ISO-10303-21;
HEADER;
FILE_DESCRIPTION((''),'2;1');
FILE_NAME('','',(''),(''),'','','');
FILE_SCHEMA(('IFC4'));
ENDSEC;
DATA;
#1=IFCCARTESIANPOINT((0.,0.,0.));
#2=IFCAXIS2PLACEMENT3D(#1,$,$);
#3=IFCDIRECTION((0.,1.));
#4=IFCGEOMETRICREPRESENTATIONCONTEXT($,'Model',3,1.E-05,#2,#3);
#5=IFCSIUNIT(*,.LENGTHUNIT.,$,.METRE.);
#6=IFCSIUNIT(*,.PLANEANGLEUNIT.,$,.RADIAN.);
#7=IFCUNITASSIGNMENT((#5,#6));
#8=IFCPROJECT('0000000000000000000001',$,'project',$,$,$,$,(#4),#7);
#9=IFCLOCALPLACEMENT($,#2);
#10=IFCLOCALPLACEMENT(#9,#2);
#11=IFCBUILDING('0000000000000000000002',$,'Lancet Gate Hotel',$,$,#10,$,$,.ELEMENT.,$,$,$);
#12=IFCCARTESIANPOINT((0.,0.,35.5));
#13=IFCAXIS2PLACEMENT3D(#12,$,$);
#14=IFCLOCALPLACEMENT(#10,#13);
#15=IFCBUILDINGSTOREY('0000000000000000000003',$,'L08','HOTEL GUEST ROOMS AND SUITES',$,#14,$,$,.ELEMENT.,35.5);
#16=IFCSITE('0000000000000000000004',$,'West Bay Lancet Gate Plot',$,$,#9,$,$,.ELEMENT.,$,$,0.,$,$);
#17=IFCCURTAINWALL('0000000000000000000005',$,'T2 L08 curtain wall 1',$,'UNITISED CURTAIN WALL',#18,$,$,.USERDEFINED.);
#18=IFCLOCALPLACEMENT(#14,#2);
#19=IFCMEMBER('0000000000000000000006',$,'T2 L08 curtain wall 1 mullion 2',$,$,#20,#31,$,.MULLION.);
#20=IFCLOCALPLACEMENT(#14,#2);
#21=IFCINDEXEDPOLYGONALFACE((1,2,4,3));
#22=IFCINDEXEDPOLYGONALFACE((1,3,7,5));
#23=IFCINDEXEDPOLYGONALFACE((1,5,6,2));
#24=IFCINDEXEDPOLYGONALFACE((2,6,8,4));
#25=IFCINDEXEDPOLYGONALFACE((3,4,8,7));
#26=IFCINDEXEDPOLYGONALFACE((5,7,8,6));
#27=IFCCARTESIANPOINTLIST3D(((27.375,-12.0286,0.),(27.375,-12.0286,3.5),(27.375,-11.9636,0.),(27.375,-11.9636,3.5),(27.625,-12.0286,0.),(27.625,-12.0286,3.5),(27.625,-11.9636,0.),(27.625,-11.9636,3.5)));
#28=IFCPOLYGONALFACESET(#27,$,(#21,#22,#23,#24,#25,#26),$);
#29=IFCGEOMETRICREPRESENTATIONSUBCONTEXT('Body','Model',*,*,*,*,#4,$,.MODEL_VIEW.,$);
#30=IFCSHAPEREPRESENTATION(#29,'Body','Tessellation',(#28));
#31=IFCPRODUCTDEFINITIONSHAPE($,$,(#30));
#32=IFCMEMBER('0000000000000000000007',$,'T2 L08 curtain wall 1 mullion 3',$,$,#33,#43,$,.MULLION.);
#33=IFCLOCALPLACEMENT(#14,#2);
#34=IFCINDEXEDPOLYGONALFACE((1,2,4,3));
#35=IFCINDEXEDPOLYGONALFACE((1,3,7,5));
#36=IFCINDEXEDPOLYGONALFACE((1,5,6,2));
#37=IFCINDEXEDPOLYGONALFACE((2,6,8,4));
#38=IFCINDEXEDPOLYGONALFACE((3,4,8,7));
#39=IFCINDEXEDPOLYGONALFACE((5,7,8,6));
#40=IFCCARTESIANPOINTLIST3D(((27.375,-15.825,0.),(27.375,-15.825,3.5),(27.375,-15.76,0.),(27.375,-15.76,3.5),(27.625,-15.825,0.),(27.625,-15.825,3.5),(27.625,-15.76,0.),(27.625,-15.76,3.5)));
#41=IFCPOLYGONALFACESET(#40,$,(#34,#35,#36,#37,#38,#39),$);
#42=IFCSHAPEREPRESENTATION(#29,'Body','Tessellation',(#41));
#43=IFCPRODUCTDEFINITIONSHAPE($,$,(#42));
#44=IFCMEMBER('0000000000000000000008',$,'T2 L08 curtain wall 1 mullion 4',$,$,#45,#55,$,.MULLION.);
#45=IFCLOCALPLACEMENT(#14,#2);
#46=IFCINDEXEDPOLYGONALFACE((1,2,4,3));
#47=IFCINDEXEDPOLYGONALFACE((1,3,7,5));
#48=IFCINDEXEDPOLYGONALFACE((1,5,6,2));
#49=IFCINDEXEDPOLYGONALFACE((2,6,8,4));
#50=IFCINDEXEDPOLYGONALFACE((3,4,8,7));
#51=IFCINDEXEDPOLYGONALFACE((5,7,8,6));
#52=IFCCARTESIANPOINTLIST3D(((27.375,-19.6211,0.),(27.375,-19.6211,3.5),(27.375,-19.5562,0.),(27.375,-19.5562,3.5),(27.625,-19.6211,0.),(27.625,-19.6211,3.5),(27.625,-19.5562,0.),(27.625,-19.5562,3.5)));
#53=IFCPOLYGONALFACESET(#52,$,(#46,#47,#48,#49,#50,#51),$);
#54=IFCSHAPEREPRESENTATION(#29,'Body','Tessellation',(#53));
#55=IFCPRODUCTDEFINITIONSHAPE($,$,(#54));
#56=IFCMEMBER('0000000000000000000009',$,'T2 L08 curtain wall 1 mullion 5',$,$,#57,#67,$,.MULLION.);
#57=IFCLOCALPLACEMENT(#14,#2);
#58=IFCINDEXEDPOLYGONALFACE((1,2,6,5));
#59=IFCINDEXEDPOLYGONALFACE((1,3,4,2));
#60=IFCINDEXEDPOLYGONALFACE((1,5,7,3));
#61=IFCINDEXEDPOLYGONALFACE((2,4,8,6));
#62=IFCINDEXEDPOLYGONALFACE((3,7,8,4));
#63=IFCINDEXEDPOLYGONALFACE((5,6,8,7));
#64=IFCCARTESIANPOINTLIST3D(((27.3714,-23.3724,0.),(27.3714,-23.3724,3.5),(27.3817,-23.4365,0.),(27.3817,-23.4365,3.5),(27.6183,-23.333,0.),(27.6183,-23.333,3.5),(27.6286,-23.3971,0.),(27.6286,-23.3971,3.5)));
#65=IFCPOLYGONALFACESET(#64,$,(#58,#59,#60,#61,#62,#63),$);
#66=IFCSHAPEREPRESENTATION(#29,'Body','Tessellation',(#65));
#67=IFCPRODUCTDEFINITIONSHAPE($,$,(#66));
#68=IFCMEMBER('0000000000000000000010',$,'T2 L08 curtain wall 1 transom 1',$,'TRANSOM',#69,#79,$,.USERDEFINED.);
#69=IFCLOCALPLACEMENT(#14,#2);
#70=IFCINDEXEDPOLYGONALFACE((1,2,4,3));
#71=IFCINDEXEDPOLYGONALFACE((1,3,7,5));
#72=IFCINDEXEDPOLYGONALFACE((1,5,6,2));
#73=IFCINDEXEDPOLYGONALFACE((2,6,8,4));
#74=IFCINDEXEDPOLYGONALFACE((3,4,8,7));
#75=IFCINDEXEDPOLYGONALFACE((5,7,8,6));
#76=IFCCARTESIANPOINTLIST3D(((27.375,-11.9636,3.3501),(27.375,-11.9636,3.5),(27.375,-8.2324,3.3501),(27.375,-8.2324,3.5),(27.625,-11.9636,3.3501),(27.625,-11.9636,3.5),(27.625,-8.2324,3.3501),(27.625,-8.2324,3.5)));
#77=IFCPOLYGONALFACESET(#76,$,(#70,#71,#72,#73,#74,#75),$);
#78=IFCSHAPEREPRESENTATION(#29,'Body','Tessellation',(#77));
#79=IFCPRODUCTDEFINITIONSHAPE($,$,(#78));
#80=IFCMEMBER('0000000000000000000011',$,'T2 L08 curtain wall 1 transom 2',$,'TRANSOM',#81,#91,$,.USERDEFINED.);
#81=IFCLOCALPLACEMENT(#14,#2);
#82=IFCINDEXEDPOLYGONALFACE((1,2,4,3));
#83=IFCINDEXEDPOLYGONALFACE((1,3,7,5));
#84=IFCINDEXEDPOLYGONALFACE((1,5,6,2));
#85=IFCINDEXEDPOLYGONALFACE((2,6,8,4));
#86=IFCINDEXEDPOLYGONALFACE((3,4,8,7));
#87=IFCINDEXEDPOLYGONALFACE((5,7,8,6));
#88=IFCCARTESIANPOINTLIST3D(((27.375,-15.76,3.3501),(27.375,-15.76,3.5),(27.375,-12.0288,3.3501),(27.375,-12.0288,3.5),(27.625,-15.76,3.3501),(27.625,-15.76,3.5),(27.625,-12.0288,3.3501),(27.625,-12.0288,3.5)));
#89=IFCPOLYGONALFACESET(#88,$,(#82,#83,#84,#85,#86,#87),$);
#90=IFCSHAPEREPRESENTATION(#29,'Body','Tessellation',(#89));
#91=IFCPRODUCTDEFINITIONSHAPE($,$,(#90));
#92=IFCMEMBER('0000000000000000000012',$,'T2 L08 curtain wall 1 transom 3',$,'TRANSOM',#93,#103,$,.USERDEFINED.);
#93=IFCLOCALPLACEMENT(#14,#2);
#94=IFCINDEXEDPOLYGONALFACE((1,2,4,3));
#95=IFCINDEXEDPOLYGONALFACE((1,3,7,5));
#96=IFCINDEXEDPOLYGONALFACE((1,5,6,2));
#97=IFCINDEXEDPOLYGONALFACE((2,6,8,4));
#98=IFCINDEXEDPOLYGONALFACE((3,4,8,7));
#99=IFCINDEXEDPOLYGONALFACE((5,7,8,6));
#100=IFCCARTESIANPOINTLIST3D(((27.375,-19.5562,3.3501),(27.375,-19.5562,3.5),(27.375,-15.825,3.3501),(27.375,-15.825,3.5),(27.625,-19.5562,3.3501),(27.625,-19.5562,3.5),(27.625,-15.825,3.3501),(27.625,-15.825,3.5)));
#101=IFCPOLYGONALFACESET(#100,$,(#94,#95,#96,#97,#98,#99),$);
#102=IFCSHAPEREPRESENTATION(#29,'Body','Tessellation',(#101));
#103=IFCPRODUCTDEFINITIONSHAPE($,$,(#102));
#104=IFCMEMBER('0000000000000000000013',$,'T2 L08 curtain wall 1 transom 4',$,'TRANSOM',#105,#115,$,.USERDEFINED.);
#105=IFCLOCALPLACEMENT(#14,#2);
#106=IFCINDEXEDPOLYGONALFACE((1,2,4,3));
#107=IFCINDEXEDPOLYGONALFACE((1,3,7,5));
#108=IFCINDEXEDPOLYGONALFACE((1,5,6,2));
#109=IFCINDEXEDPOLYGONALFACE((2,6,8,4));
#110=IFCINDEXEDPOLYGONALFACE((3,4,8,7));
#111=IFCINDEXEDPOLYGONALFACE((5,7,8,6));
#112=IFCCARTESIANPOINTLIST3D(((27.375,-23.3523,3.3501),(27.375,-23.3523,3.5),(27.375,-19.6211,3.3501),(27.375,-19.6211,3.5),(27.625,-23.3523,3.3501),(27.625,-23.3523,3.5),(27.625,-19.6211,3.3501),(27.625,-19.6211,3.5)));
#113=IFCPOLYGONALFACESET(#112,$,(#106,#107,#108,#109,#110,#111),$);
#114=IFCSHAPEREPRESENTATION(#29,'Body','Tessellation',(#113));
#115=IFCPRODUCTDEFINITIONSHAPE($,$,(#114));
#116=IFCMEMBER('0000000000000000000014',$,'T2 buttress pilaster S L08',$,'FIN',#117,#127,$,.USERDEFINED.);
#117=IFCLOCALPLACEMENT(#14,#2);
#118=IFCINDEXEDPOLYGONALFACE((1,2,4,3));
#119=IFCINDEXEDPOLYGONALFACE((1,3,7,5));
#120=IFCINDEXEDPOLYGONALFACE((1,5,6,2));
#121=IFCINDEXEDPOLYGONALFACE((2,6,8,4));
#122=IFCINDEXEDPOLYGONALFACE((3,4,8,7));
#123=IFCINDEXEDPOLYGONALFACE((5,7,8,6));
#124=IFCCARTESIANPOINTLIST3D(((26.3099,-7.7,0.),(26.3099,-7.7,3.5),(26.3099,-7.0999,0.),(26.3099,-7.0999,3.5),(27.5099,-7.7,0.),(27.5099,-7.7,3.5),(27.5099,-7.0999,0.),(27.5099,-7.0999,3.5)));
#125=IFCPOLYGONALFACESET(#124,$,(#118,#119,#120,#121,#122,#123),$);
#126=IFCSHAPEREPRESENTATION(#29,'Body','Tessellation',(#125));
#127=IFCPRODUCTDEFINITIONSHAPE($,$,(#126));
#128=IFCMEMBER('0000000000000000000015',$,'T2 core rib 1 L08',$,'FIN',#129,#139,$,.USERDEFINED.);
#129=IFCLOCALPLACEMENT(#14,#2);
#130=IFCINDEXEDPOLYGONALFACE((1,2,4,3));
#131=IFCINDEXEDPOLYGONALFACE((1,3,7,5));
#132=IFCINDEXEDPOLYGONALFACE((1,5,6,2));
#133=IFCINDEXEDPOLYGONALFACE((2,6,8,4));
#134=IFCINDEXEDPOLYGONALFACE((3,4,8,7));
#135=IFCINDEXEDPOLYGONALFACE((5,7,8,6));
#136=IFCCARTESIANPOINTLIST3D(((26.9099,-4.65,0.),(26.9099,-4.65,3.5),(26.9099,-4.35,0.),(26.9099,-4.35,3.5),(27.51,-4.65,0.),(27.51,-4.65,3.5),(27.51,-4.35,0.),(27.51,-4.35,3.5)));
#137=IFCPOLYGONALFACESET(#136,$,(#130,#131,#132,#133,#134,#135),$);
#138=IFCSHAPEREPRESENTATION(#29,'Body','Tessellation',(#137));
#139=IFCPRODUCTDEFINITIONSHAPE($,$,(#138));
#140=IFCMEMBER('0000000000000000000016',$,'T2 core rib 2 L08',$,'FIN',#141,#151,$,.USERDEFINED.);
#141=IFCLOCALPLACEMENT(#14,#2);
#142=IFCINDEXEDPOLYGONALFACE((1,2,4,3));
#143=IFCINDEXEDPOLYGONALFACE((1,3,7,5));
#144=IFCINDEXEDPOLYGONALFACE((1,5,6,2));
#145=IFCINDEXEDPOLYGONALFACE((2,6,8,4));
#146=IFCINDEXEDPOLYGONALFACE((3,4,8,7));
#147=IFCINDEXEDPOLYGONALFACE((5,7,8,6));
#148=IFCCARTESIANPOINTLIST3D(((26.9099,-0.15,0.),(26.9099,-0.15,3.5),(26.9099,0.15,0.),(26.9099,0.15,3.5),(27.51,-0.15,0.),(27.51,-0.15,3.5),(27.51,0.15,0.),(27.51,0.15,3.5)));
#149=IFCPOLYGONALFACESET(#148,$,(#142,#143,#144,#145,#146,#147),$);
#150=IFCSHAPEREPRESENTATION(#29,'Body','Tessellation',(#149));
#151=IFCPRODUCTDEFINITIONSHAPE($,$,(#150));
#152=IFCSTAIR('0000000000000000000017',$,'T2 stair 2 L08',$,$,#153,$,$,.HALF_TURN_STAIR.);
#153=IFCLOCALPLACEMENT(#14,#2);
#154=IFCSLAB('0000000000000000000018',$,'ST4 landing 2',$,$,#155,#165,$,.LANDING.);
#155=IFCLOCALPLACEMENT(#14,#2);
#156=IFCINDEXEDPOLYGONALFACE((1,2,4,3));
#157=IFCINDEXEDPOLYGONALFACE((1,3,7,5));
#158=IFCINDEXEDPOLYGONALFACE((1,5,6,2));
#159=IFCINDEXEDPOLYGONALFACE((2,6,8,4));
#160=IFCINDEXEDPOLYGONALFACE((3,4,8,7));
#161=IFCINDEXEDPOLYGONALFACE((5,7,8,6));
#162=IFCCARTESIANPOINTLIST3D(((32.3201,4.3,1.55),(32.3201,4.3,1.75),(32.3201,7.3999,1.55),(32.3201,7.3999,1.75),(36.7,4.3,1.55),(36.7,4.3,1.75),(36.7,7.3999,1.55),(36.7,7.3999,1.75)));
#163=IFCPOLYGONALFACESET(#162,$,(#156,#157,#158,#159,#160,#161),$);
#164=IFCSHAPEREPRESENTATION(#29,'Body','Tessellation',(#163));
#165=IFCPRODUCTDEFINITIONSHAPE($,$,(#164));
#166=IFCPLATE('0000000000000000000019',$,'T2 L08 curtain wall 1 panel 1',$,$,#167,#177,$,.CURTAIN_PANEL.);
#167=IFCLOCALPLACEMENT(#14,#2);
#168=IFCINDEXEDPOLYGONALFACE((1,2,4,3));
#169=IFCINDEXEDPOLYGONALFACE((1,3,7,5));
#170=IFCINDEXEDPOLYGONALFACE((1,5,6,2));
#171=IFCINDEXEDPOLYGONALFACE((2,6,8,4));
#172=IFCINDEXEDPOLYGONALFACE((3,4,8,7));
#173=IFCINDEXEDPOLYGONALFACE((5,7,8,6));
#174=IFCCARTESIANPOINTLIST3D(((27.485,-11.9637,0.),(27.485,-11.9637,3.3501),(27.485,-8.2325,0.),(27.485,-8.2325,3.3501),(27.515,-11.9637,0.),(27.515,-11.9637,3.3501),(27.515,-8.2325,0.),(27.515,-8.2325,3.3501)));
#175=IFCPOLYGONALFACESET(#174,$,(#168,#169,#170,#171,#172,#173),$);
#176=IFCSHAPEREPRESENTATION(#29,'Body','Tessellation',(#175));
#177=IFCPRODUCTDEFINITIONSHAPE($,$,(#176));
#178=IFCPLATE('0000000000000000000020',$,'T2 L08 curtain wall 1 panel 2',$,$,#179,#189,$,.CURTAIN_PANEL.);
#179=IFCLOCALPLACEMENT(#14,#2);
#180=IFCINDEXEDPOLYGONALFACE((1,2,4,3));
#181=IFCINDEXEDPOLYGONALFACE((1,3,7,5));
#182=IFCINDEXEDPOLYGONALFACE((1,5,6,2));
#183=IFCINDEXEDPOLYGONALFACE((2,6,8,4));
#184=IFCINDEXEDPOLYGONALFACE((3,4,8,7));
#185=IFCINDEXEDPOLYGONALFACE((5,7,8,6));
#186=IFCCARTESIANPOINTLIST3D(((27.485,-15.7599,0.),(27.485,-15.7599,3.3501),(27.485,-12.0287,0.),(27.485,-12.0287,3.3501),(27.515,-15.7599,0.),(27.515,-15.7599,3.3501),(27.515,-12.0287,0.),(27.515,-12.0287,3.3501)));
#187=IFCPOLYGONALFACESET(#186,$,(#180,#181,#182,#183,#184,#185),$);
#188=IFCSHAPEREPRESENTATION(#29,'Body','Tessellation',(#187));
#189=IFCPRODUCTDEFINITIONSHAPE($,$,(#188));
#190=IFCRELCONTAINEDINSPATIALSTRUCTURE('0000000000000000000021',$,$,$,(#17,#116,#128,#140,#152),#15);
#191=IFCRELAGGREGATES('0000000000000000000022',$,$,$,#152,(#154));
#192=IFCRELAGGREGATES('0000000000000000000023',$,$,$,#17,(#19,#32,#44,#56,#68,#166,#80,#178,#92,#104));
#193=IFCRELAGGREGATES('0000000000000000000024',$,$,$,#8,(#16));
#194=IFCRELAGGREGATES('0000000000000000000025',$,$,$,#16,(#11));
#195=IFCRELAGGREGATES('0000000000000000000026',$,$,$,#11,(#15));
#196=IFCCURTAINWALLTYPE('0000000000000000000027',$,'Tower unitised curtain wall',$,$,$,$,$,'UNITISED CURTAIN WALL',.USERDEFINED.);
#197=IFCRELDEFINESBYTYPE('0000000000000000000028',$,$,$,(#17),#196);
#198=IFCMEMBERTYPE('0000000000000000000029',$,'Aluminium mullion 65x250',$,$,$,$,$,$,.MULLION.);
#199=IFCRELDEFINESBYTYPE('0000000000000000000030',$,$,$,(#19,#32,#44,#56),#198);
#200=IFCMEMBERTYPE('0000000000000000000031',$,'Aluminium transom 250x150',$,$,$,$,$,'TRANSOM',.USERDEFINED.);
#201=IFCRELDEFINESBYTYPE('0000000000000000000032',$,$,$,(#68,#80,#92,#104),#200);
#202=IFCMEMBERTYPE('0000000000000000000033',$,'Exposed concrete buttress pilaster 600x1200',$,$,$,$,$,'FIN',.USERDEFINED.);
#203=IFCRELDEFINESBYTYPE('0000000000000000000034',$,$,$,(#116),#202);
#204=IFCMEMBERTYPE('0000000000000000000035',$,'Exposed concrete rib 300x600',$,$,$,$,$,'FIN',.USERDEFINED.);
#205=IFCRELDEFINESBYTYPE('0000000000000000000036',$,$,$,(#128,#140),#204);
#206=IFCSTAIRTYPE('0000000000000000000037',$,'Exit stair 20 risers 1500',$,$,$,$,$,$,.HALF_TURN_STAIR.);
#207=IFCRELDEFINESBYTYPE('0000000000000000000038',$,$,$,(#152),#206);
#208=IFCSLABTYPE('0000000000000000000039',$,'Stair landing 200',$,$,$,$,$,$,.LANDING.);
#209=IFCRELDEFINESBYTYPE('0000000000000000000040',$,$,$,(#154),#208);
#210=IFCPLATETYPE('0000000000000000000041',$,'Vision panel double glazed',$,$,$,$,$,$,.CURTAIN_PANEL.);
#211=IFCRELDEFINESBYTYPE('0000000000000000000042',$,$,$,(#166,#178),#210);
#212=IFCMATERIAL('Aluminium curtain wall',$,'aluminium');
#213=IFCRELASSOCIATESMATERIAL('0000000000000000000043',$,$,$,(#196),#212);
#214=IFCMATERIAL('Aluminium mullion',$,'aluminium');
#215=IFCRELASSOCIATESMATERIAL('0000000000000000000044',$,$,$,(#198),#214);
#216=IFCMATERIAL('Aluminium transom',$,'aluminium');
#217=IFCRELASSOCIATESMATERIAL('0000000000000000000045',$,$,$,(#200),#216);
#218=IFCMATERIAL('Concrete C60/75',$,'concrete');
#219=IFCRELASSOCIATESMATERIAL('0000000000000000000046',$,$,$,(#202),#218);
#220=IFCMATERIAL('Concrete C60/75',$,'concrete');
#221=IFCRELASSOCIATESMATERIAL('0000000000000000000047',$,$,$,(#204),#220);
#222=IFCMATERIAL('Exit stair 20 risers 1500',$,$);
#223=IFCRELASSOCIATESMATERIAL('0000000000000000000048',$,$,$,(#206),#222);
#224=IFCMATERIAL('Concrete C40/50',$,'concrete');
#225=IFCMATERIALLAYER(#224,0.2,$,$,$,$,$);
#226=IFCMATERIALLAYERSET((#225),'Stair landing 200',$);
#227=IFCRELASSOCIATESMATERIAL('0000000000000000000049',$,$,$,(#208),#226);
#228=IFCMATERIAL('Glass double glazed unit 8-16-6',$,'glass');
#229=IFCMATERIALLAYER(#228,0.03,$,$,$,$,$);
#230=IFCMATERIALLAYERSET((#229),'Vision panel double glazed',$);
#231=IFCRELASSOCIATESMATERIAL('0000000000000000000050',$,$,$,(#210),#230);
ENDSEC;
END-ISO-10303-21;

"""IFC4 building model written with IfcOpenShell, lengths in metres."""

from ifc_helpers import new_model, si_unit, direction, frame, origin, origin_2d, place, context, subcontext, project, spatial, polyline, rectangle, outline, extrude, material, layer, layer_set, material_profile, profile_set, type_object, element, aggregate, save


model = new_model("IFC4")

# Units and contexts
model_context = context("Model", 3, precision=1e-05, world=origin(), true_north=direction((0.0, 1.0)))
body_context = subcontext(model_context, "Body", "Model", "MODEL_VIEW")
ifc_project = project(units=[si_unit("LENGTHUNIT", "METRE"), si_unit("PLANEANGLEUNIT", "RADIAN")], contexts=[model_context])

# Site, building, storey
site_placement = place(None, origin())
site = spatial("IfcSite", under=ifc_project, at=site_placement, Name="West Bay Lancet Gate Plot", CompositionType="ELEMENT", RefElevation=0.0)
building_placement = place(site_placement, origin())
building = spatial("IfcBuilding", under=site, at=building_placement, Name="Lancet Gate Hotel", CompositionType="ELEMENT")
storey_placement = place(building_placement, frame((0.0, 0.0, 35.5)))
storey = spatial("IfcBuildingStorey", under=building, at=storey_placement, Name="L08", Description="HOTEL GUEST ROOMS AND SUITES", CompositionType="ELEMENT", Elevation=35.5)

# Curtain wall, members
ifc_material_1 = material(Name="Aluminium curtain wall", Category="aluminium")
curtain_wall_type = type_object("IfcCurtainWallType", Name="Tower unitised curtain wall", ElementType="UNITISED CURTAIN WALL", PredefinedType="USERDEFINED", material=ifc_material_1)
curtain_wall_placement = place(storey_placement, origin())
curtain_wall = element("IfcCurtainWall", 1, at=curtain_wall_placement, inside=storey, type_object=curtain_wall_type, Name="T2 L08 curtain wall 1", ObjectType="UNITISED CURTAIN WALL", PredefinedType="USERDEFINED")
ifc_material_2 = material(Name="Aluminium mullion", Category="aluminium")
ifc_material_profile_1 = material_profile(ifc_material_2, rectangle(XDim=0.0649, YDim=0.25, at=origin_2d()), Name="MULLION 65x250")
ifc_profile_set_1 = profile_set([ifc_material_profile_1], Name="Aluminium mullion")
member_type_1 = type_object("IfcMemberType", Name="Aluminium mullion 65x250", PredefinedType="MULLION", material=ifc_profile_set_1)
member_1_placement = place(storey_placement, frame((27.5, -11.9961, 0.0), z_axis=(0.0, 0.0, 1.0), x_axis=(0.0, -1.0, 0.0)))
member_1 = element("IfcMember", 2, at=member_1_placement, type_object=member_type_1, Name="T2 L08 curtain wall 1 mullion 2", PredefinedType="MULLION", context=body_context, shape_type="SweptSolid", body=[
    extrude(rectangle(XDim=0.0649, YDim=0.25, at=origin_2d()), origin(), (0.0, 0.0, 1.0), 3.5),
])
member_2_placement = place(storey_placement, frame((27.5, -15.7925, 0.0), z_axis=(0.0, 0.0, 1.0), x_axis=(0.0, -1.0, 0.0)))
member_2 = element("IfcMember", 3, at=member_2_placement, type_object=member_type_1, Name="T2 L08 curtain wall 1 mullion 3", PredefinedType="MULLION", context=body_context, shape_type="SweptSolid", body=[
    extrude(rectangle(XDim=0.0649, YDim=0.25, at=origin_2d()), origin(), (0.0, 0.0, 1.0), 3.5),
])
member_3_placement = place(storey_placement, frame((27.5, -19.5886, 0.0), z_axis=(0.0, 0.0, 1.0), x_axis=(0.0, -1.0, 0.0)))
member_3 = element("IfcMember", 4, at=member_3_placement, type_object=member_type_1, Name="T2 L08 curtain wall 1 mullion 4", PredefinedType="MULLION", context=body_context, shape_type="SweptSolid", body=[
    extrude(rectangle(XDim=0.0649, YDim=0.25, at=origin_2d()), origin(), (0.0, 0.0, 1.0), 3.5),
])
member_4_placement = place(storey_placement, frame((27.5, -23.3848, 0.0), z_axis=(0.0, 0.0, 1.0), x_axis=(0.157752, -0.987479, 0.0)))
member_4 = element("IfcMember", 5, at=member_4_placement, type_object=member_type_1, Name="T2 L08 curtain wall 1 mullion 5", PredefinedType="MULLION", context=body_context, shape_type="SweptSolid", body=[
    extrude(rectangle(XDim=0.0649, YDim=0.25, at=origin_2d()), origin(), (0.0, 0.0, 1.0), 3.5),
])
ifc_material_3 = material(Name="Aluminium transom", Category="aluminium")
ifc_material_profile_2 = material_profile(ifc_material_3, rectangle(XDim=0.25, YDim=0.1499, at=origin_2d()), Name="TRANSOM 250x150")
ifc_profile_set_2 = profile_set([ifc_material_profile_2], Name="Aluminium transom")
member_type_2 = type_object("IfcMemberType", Name="Aluminium transom 250x150", ElementType="TRANSOM", PredefinedType="USERDEFINED", material=ifc_profile_set_2)
member_5_placement = place(storey_placement, frame((27.5, -8.2324, 3.425), z_axis=(0.0, -1.0, 0.0), x_axis=(1.0, 0.0, 0.0)))
member_5 = element("IfcMember", 6, at=member_5_placement, type_object=member_type_2, Name="T2 L08 curtain wall 1 transom 1", ObjectType="TRANSOM", PredefinedType="USERDEFINED", context=body_context, shape_type="SweptSolid", body=[
    extrude(rectangle(XDim=0.25, YDim=0.1499, at=origin_2d()), origin(), (0.0, 0.0, 1.0), 3.7312),
])
member_6_placement = place(storey_placement, frame((27.5, -12.0288, 3.425), z_axis=(0.0, -1.0, 0.0), x_axis=(1.0, 0.0, 0.0)))
member_6 = element("IfcMember", 7, at=member_6_placement, type_object=member_type_2, Name="T2 L08 curtain wall 1 transom 2", ObjectType="TRANSOM", PredefinedType="USERDEFINED", context=body_context, shape_type="SweptSolid", body=[
    extrude(rectangle(XDim=0.25, YDim=0.1499, at=origin_2d()), origin(), (0.0, 0.0, 1.0), 3.7312),
])
member_7_placement = place(storey_placement, frame((27.5, -15.825, 3.425), z_axis=(0.0, -1.0, 0.0), x_axis=(1.0, 0.0, 0.0)))
member_7 = element("IfcMember", 8, at=member_7_placement, type_object=member_type_2, Name="T2 L08 curtain wall 1 transom 3", ObjectType="TRANSOM", PredefinedType="USERDEFINED", context=body_context, shape_type="SweptSolid", body=[
    extrude(rectangle(XDim=0.25, YDim=0.1499, at=origin_2d()), origin(), (0.0, 0.0, 1.0), 3.7312),
])
member_8_placement = place(storey_placement, frame((27.5, -19.6211, 3.425), z_axis=(0.0, -1.0, 0.0), x_axis=(1.0, 0.0, 0.0)))
member_8 = element("IfcMember", 9, at=member_8_placement, type_object=member_type_2, Name="T2 L08 curtain wall 1 transom 4", ObjectType="TRANSOM", PredefinedType="USERDEFINED", context=body_context, shape_type="SweptSolid", body=[
    extrude(rectangle(XDim=0.25, YDim=0.1499, at=origin_2d()), origin(), (0.0, 0.0, 1.0), 3.7312),
])

# Members
ifc_material_4 = material(Name="Concrete C60/75", Category="concrete")
ifc_material_profile_3 = material_profile(ifc_material_4, rectangle(XDim=0.6001, YDim=1.2, at=origin_2d()), Name="FIN 600x1200")
ifc_profile_set_3 = profile_set([ifc_material_profile_3], Name="Concrete C60/75")
member_type_3 = type_object("IfcMemberType", Name="Exposed concrete buttress pilaster 600x1200", ElementType="FIN", PredefinedType="USERDEFINED", material=ifc_profile_set_3)
member_9_placement = place(storey_placement, frame((26.9099, -7.3999, 0.0), z_axis=(0.0, 0.0, 1.0), x_axis=(0.0, 1.0, 0.0)))
element("IfcMember", 10, at=member_9_placement, inside=storey, type_object=member_type_3, Name="T2 buttress pilaster S L08", ObjectType="FIN", PredefinedType="USERDEFINED", context=body_context, shape_type="SweptSolid", body=[
    extrude(rectangle(XDim=0.6001, YDim=1.2, at=origin_2d()), origin(), (0.0, 0.0, 1.0), 3.5),
])
ifc_material_5 = material(Name="Concrete C60/75", Category="concrete")
ifc_material_profile_4 = material_profile(ifc_material_5, rectangle(XDim=0.3, YDim=0.6001, at=origin_2d()), Name="FIN 300x600")
ifc_profile_set_4 = profile_set([ifc_material_profile_4], Name="Concrete C60/75")
member_type_4 = type_object("IfcMemberType", Name="Exposed concrete rib 300x600", ElementType="FIN", PredefinedType="USERDEFINED", material=ifc_profile_set_4)
for number, where, z_axis, x_axis, name in (
    (11, (27.21, -4.5, 0.0), (0.0, 0.0, 1.0), (0.0, 1.0, 0.0), "T2 core rib 1 L08"),
    (12, (27.21, 0.0, 0.0), (0.0, 0.0, 1.0), (0.0, 1.0, 0.0), "T2 core rib 2 L08"),
):
    element("IfcMember", number, at=place(storey_placement, frame(where, z_axis=z_axis, x_axis=x_axis)), inside=storey, type_object=member_type_4, Name=name, ObjectType="FIN", PredefinedType="USERDEFINED", context=body_context, shape_type="SweptSolid", body=[
        extrude(rectangle(XDim=0.3, YDim=0.6001, at=origin_2d()), origin(), (0.0, 0.0, 1.0), 3.5),
    ])

# Stair, slab
ifc_material_6 = material(Name="Exit stair 20 risers 1500")
stair_type = type_object("IfcStairType", Name="Exit stair 20 risers 1500", PredefinedType="HALF_TURN_STAIR", material=ifc_material_6)
stair_placement = place(storey_placement, origin())
stair = element("IfcStair", 13, at=stair_placement, inside=storey, type_object=stair_type, Name="T2 stair 2 L08", PredefinedType="HALF_TURN_STAIR")
ifc_material_7 = material(Name="Concrete C40/50", Category="concrete")
ifc_layer_1 = layer(ifc_material_7, 0.2)
ifc_layer_set_1 = layer_set([ifc_layer_1], Name="Stair landing 200")
slab_type = type_object("IfcSlabType", Name="Stair landing 200", PredefinedType="LANDING", material=ifc_layer_set_1)
slab_placement = place(storey_placement, frame((0.0, 0.0, 1.55)))
slab = element("IfcSlab", 14, at=slab_placement, type_object=slab_type, Name="ST4 landing 2", PredefinedType="LANDING", context=body_context, shape_type="SweptSolid", body=[
    extrude(outline(polyline([(32.3201, 4.3), (36.7, 4.3), (36.7, 7.3999), (32.3201, 7.3999), (32.3201, 4.3)])), origin(), (0.0, 0.0, 1.0), 0.2),
])
aggregate(stair, [slab])

# Plates
ifc_material_8 = material(Name="Glass double glazed unit 8-16-6", Category="glass")
ifc_layer_2 = layer(ifc_material_8, 0.03)
ifc_layer_set_2 = layer_set([ifc_layer_2], Name="Vision panel double glazed")
plate_type = type_object("IfcPlateType", Name="Vision panel double glazed", PredefinedType="CURTAIN_PANEL", material=ifc_layer_set_2)
plate_1_placement = place(storey_placement, frame((27.5, -10.0981, 0.0), z_axis=(0.0, 0.0, 1.0), x_axis=(0.0, -1.0, 0.0)))
plate_1 = element("IfcPlate", 15, at=plate_1_placement, type_object=plate_type, Name="T2 L08 curtain wall 1 panel 1", PredefinedType="CURTAIN_PANEL", context=body_context, shape_type="SweptSolid", body=[
    extrude(rectangle(XDim=3.7312, YDim=0.03, at=origin_2d()), origin(), (0.0, 0.0, 1.0), 3.3501),
])
plate_2_placement = place(storey_placement, frame((27.5, -13.8943, 0.0), z_axis=(0.0, 0.0, 1.0), x_axis=(0.0, -1.0, 0.0)))
plate_2 = element("IfcPlate", 16, at=plate_2_placement, type_object=plate_type, Name="T2 L08 curtain wall 1 panel 2", PredefinedType="CURTAIN_PANEL", context=body_context, shape_type="SweptSolid", body=[
    extrude(rectangle(XDim=3.7312, YDim=0.03, at=origin_2d()), origin(), (0.0, 0.0, 1.0), 3.3501),
])
aggregate(curtain_wall, [member_1, member_2, member_3, member_4, member_5, plate_1, member_6, plate_2, member_7, member_8])

save(model, "model.ifc")
